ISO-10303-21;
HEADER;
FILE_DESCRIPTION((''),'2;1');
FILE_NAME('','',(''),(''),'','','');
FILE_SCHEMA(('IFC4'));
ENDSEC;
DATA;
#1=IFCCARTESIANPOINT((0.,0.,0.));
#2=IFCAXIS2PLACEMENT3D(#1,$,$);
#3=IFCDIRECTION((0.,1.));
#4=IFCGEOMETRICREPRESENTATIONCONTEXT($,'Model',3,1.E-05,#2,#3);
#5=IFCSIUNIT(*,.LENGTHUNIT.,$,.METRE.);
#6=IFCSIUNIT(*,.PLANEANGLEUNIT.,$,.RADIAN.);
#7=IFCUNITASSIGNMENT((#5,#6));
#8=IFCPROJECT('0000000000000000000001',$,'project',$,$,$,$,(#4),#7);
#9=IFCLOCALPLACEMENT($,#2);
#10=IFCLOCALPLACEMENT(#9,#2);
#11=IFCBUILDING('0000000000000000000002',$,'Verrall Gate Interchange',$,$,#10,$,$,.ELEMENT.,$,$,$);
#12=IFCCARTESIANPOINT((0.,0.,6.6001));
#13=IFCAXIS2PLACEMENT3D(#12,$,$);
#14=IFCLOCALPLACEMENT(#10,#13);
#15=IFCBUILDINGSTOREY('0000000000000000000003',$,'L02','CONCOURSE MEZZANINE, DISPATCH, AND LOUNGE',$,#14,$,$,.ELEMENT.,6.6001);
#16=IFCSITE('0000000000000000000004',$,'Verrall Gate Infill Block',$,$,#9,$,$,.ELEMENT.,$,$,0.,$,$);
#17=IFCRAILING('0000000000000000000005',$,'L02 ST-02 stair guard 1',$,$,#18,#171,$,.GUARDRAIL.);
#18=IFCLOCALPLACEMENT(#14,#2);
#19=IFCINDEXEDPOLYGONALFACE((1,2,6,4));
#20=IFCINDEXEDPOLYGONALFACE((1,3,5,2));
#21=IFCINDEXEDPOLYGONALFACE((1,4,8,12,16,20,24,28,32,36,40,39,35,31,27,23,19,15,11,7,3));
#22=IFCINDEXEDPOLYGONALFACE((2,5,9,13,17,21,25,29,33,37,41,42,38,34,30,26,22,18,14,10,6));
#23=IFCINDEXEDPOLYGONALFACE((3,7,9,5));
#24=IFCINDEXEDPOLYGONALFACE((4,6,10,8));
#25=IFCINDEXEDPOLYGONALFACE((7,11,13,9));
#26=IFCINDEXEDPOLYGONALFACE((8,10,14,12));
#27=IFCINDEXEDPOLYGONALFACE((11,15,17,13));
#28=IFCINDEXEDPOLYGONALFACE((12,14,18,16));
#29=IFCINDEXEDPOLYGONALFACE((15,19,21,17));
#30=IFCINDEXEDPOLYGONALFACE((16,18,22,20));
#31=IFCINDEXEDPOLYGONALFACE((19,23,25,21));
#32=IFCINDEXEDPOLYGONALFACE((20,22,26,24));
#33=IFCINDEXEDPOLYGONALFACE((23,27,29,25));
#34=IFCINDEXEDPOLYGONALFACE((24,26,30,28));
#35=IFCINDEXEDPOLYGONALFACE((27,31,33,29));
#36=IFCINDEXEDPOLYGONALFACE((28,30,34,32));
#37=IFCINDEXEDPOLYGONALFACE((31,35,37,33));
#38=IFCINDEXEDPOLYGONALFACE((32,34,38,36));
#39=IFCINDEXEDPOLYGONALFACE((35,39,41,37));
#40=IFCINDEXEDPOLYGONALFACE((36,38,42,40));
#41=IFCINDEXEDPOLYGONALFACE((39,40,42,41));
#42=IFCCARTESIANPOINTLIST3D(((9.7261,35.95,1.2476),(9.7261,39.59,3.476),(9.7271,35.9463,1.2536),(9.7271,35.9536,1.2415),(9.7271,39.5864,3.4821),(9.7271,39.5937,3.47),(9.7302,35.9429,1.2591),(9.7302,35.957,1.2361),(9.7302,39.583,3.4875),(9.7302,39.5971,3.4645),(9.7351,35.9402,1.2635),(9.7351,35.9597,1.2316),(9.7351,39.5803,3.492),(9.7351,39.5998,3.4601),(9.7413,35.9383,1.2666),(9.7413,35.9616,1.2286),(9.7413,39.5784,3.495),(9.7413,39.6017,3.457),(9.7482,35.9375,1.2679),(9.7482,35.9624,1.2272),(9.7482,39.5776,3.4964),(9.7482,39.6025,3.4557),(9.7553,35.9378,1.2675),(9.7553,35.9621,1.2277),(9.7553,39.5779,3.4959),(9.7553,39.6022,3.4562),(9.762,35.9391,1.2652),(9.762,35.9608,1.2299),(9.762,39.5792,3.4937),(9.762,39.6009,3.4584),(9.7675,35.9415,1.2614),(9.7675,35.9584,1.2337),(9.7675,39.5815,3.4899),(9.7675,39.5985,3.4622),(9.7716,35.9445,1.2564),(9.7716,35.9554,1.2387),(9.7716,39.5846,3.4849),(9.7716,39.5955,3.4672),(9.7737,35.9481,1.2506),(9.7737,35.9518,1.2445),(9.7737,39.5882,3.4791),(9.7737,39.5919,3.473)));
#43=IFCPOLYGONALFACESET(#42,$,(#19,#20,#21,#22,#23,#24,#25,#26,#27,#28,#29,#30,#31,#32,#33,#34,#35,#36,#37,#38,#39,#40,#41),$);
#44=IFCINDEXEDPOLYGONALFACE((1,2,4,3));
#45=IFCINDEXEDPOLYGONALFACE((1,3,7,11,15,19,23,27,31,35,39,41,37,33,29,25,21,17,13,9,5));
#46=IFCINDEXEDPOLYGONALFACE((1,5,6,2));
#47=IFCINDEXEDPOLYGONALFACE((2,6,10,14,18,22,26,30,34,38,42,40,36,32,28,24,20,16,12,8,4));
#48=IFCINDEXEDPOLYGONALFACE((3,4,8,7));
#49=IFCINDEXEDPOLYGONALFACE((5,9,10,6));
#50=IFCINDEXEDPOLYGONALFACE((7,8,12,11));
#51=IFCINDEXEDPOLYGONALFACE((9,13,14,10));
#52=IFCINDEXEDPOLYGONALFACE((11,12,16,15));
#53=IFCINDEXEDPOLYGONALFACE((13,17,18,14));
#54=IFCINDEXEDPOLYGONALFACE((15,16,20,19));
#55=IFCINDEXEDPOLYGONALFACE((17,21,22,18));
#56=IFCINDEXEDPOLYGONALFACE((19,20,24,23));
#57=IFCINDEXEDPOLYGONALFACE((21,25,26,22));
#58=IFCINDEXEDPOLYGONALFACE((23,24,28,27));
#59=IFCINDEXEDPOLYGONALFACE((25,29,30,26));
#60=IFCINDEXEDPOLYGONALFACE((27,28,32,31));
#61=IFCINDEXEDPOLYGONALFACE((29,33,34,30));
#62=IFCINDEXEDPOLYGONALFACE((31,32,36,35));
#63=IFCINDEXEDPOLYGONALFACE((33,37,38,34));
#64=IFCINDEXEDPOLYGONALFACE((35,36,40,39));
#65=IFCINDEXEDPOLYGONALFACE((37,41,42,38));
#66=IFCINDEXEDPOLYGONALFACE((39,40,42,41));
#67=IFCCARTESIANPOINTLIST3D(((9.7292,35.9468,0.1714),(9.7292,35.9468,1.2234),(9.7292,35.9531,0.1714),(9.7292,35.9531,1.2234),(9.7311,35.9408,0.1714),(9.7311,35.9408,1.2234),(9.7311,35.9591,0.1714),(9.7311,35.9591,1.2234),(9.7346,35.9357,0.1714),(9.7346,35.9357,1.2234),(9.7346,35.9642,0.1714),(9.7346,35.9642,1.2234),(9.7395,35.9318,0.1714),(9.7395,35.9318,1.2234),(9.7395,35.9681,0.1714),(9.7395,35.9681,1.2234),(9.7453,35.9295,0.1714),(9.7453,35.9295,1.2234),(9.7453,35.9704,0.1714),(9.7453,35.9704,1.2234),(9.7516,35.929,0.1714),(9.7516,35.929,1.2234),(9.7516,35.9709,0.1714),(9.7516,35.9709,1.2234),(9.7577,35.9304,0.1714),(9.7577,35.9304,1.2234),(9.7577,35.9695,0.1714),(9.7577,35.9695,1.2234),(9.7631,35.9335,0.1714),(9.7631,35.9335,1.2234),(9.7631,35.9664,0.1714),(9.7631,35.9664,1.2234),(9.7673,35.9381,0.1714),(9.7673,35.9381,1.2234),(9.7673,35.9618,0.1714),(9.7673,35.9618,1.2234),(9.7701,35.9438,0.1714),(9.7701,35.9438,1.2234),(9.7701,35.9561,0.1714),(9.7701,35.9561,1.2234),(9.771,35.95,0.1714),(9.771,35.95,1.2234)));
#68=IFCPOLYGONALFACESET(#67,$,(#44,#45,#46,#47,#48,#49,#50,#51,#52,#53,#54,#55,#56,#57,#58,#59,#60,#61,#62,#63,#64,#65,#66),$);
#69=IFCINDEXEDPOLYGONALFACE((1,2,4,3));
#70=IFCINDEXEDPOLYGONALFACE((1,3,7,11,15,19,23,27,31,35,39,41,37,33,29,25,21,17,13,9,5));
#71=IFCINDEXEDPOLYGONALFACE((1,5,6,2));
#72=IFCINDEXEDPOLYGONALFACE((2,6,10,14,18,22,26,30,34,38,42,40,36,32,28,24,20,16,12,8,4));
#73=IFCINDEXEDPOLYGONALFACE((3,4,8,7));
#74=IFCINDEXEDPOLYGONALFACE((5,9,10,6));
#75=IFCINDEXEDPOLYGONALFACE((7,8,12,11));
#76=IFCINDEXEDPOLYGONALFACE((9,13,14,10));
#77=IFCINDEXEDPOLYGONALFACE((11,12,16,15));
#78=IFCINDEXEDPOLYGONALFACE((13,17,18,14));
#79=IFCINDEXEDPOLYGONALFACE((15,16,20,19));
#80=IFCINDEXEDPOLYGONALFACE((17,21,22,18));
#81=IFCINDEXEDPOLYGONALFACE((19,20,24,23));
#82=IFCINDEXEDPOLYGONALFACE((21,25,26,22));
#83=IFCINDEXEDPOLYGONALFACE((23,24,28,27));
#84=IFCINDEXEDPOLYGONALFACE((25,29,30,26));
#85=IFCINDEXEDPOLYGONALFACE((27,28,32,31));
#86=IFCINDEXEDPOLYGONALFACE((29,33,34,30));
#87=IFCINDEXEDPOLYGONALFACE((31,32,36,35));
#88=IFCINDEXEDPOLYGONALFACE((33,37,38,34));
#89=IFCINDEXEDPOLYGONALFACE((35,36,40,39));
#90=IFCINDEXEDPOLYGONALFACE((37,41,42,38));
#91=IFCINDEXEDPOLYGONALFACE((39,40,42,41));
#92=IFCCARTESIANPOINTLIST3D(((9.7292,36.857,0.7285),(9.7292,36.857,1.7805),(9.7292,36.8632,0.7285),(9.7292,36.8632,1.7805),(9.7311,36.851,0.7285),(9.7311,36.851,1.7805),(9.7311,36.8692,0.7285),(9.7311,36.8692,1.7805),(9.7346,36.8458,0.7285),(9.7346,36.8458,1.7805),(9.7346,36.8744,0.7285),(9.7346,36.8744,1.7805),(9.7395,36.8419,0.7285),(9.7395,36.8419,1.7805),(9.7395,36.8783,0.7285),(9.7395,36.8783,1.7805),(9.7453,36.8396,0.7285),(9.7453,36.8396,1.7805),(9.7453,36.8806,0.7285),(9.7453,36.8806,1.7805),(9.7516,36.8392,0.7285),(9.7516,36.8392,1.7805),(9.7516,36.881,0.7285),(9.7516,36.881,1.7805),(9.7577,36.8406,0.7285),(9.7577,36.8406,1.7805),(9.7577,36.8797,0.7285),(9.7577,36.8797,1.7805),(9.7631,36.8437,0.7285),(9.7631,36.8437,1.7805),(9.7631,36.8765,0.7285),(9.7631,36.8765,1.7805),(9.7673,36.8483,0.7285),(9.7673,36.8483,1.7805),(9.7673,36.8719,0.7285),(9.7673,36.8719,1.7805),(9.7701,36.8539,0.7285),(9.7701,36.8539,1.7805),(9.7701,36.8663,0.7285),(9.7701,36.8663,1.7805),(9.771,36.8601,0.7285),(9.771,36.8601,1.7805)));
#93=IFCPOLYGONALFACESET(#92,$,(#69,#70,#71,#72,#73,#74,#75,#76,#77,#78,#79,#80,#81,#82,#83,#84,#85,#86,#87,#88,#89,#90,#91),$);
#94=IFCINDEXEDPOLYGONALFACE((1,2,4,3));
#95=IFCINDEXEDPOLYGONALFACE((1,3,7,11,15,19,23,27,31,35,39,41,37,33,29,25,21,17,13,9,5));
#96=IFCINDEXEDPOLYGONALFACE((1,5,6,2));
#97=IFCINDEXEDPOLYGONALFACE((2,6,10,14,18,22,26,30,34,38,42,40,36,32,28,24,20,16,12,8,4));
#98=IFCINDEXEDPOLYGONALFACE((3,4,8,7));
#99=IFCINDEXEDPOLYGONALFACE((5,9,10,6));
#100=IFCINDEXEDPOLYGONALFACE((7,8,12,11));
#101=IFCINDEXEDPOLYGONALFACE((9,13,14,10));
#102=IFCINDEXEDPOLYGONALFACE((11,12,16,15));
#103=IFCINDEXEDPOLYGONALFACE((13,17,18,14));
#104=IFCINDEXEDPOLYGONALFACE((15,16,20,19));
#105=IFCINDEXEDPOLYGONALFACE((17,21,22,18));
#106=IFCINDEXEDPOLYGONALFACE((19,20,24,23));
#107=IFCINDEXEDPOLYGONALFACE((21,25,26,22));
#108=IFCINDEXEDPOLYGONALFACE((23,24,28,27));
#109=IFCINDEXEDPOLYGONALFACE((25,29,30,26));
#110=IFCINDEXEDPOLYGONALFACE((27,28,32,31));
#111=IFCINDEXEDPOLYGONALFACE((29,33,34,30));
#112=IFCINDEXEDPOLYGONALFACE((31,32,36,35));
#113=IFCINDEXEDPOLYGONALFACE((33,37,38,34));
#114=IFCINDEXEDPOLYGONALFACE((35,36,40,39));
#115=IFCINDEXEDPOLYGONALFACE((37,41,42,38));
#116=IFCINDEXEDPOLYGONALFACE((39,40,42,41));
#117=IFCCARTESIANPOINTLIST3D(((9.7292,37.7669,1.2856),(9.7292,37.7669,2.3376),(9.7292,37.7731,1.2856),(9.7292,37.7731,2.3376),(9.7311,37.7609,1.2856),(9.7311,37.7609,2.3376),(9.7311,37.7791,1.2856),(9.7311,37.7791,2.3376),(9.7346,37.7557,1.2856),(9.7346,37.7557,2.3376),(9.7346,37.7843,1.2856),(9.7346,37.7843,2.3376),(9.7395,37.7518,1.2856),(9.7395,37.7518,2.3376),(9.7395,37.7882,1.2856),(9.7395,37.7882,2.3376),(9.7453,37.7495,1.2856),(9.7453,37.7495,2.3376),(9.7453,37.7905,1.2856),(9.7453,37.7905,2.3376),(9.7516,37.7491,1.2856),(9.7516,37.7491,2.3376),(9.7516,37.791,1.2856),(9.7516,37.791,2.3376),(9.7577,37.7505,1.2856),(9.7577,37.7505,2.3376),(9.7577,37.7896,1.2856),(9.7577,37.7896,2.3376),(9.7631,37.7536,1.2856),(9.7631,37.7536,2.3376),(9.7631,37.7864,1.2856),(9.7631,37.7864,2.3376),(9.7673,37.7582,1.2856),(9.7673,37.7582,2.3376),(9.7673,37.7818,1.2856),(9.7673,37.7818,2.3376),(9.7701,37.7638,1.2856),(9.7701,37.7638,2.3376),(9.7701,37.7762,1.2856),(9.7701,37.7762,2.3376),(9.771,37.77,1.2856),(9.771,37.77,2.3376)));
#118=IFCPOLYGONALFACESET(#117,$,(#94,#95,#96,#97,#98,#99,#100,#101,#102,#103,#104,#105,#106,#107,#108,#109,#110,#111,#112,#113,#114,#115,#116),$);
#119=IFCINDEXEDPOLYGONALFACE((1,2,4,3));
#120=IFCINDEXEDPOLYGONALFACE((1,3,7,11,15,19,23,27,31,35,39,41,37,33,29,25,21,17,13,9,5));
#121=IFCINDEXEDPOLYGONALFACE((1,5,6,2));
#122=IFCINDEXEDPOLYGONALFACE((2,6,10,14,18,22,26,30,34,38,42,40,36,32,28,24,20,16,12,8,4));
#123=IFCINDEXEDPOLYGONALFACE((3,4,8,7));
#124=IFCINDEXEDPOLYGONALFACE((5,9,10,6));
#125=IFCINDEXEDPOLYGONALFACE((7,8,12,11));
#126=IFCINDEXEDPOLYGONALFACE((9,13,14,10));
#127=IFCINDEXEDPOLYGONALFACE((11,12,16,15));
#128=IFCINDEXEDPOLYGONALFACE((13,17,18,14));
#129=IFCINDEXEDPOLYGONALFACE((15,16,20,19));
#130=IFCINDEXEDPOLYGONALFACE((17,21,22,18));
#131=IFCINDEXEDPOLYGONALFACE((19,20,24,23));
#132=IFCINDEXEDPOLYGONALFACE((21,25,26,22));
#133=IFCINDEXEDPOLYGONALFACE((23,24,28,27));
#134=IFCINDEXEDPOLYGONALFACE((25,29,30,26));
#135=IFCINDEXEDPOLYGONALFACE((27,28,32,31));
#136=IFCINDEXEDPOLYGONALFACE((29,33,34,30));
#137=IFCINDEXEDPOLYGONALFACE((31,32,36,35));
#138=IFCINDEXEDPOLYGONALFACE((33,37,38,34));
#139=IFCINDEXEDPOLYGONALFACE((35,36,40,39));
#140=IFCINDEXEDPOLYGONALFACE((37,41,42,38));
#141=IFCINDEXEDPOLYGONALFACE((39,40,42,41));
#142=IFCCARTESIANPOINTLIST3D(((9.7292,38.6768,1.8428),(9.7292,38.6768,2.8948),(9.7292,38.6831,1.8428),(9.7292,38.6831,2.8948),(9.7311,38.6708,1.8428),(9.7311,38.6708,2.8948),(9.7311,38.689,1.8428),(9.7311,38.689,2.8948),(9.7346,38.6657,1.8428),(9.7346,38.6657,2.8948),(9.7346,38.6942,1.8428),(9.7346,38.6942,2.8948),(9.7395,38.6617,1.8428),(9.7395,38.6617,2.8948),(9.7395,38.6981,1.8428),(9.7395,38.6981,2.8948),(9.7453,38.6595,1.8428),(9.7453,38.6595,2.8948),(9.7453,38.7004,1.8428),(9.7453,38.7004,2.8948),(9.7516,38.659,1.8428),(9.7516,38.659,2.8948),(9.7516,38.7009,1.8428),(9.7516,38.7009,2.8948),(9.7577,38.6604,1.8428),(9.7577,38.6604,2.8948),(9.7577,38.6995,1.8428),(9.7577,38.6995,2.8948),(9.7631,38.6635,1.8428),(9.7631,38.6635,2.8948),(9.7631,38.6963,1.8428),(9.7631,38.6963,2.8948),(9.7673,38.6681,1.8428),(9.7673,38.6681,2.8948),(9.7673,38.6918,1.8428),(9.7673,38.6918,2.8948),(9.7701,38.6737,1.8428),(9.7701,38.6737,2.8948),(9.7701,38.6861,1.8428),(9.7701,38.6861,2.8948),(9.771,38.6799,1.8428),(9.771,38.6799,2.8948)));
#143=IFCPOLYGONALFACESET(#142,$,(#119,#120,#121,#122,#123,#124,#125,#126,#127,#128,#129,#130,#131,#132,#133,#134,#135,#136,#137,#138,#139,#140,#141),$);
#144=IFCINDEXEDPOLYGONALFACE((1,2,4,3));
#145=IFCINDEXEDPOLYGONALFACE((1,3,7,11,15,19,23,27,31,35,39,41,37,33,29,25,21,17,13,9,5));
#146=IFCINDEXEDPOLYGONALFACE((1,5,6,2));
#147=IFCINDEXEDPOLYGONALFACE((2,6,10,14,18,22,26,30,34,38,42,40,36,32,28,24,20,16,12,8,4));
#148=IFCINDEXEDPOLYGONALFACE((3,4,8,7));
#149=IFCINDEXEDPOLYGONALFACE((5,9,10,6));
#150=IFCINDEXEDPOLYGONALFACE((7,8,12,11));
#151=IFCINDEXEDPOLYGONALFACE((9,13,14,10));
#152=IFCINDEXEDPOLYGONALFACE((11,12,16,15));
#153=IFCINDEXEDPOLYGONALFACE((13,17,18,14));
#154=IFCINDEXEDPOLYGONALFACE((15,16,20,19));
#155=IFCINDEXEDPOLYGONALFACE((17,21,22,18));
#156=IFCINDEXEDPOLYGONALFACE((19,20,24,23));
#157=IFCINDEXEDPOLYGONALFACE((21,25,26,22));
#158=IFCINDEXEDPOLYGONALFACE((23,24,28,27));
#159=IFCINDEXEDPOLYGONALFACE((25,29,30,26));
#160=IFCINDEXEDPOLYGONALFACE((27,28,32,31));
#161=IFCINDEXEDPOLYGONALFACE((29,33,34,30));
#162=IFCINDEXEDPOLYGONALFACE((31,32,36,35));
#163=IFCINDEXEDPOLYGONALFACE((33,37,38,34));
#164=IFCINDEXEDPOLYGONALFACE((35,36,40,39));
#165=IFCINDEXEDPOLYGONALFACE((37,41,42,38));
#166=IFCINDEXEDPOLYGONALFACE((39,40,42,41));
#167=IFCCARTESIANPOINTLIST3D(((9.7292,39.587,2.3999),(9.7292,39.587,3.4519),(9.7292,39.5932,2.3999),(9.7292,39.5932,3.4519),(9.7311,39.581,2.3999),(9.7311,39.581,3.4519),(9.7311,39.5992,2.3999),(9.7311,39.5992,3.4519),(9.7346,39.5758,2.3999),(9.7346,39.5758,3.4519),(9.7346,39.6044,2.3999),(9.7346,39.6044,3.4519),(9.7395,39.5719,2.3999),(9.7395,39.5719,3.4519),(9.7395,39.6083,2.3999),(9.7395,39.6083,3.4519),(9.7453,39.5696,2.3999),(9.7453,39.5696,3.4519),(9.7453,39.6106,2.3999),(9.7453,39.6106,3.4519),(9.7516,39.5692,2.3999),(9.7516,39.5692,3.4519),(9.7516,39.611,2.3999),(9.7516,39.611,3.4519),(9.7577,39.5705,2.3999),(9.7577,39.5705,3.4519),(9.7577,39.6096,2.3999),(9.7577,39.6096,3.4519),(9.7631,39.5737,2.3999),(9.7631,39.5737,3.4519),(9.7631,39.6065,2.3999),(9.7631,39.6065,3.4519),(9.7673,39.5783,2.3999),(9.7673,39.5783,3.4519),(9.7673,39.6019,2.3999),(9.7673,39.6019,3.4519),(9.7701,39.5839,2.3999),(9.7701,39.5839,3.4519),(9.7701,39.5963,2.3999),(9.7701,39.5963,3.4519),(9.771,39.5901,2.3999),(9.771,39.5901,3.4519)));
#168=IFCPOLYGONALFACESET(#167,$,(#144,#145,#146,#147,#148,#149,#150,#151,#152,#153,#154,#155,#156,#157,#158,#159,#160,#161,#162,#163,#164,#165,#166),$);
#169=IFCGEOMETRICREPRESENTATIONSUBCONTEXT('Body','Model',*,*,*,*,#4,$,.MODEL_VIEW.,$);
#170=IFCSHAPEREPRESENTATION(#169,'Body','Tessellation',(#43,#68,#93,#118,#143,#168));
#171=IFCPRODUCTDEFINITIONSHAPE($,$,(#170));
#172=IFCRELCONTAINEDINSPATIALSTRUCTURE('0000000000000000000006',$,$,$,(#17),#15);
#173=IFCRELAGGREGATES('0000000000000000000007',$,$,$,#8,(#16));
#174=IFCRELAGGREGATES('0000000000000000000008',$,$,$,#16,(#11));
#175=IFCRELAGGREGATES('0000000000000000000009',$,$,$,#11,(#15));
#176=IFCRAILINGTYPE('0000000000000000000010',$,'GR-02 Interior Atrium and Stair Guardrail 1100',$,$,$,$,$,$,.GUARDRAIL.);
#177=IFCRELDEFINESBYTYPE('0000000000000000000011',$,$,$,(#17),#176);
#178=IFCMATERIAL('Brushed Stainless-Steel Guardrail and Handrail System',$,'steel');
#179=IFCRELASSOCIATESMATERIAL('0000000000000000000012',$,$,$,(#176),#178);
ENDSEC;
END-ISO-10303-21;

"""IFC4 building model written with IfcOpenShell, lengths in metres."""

from ifc_helpers import new_model, si_unit, direction, frame, origin, origin_2d, place, context, subcontext, project, spatial, circle, extrude, material, type_object, element, save


model = new_model("IFC4")

# Units and contexts
model_context = context("Model", 3, precision=1e-05, world=origin(), true_north=direction((0.0, 1.0)))
body_context = subcontext(model_context, "Body", "Model", "MODEL_VIEW")
ifc_project = project(units=[si_unit("LENGTHUNIT", "METRE"), si_unit("PLANEANGLEUNIT", "RADIAN")], contexts=[model_context])

# Site, building, storey
site_placement = place(None, origin())
site = spatial("IfcSite", under=ifc_project, at=site_placement, Name="Verrall Gate Infill Block", CompositionType="ELEMENT", RefElevation=0.0)
building_placement = place(site_placement, origin())
building = spatial("IfcBuilding", under=site, at=building_placement, Name="Verrall Gate Interchange", CompositionType="ELEMENT")
storey_placement = place(building_placement, frame((0.0, 0.0, 6.6001)))
storey = spatial("IfcBuildingStorey", under=building, at=storey_placement, Name="L02", Description="CONCOURSE MEZZANINE, DISPATCH, AND LOUNGE", CompositionType="ELEMENT", Elevation=6.6001)

# Railing
ifc_material_1 = material(Name="Brushed Stainless-Steel Guardrail and Handrail System", Category="steel")
railing_type_1 = type_object("IfcRailingType", Name="GR-02 Interior Atrium and Stair Guardrail 1100", PredefinedType="GUARDRAIL", material=ifc_material_1)
railing_1_placement = place(storey_placement, frame((9.75, 35.95, 0.1714)))
element("IfcRailing", 1, at=railing_1_placement, inside=storey, type_object=railing_type_1, Name="L02 ST-02 stair guard 1", PredefinedType="GUARDRAIL", context=body_context, shape_type="SweptSolid", body=[
    extrude(circle(Radius=0.0239, at=origin_2d()), frame((0.0, 0.0, 1.0762), z_axis=(0.0, 0.852866, 0.52213), x_axis=(-1.0, 0.0, 0.0)), (0.0, 0.0, 1.0), 4.2681),
    extrude(circle(Radius=0.021, at=origin_2d()), origin(), (0.0, 0.0, 1.0), 1.052),
    extrude(circle(Radius=0.021, at=origin_2d()), frame((0.0, 0.9102, 0.5571)), (0.0, 0.0, 1.0), 1.052),
    extrude(circle(Radius=0.021, at=origin_2d()), frame((0.0, 1.8201, 1.1143)), (0.0, 0.0, 1.0), 1.052),
    extrude(circle(Radius=0.021, at=origin_2d()), frame((0.0, 2.73, 1.6714)), (0.0, 0.0, 1.0), 1.052),
    extrude(circle(Radius=0.021, at=origin_2d()), frame((0.0, 3.6401, 2.2285)), (0.0, 0.0, 1.0), 1.052),
])

save(model, "model.ifc")
